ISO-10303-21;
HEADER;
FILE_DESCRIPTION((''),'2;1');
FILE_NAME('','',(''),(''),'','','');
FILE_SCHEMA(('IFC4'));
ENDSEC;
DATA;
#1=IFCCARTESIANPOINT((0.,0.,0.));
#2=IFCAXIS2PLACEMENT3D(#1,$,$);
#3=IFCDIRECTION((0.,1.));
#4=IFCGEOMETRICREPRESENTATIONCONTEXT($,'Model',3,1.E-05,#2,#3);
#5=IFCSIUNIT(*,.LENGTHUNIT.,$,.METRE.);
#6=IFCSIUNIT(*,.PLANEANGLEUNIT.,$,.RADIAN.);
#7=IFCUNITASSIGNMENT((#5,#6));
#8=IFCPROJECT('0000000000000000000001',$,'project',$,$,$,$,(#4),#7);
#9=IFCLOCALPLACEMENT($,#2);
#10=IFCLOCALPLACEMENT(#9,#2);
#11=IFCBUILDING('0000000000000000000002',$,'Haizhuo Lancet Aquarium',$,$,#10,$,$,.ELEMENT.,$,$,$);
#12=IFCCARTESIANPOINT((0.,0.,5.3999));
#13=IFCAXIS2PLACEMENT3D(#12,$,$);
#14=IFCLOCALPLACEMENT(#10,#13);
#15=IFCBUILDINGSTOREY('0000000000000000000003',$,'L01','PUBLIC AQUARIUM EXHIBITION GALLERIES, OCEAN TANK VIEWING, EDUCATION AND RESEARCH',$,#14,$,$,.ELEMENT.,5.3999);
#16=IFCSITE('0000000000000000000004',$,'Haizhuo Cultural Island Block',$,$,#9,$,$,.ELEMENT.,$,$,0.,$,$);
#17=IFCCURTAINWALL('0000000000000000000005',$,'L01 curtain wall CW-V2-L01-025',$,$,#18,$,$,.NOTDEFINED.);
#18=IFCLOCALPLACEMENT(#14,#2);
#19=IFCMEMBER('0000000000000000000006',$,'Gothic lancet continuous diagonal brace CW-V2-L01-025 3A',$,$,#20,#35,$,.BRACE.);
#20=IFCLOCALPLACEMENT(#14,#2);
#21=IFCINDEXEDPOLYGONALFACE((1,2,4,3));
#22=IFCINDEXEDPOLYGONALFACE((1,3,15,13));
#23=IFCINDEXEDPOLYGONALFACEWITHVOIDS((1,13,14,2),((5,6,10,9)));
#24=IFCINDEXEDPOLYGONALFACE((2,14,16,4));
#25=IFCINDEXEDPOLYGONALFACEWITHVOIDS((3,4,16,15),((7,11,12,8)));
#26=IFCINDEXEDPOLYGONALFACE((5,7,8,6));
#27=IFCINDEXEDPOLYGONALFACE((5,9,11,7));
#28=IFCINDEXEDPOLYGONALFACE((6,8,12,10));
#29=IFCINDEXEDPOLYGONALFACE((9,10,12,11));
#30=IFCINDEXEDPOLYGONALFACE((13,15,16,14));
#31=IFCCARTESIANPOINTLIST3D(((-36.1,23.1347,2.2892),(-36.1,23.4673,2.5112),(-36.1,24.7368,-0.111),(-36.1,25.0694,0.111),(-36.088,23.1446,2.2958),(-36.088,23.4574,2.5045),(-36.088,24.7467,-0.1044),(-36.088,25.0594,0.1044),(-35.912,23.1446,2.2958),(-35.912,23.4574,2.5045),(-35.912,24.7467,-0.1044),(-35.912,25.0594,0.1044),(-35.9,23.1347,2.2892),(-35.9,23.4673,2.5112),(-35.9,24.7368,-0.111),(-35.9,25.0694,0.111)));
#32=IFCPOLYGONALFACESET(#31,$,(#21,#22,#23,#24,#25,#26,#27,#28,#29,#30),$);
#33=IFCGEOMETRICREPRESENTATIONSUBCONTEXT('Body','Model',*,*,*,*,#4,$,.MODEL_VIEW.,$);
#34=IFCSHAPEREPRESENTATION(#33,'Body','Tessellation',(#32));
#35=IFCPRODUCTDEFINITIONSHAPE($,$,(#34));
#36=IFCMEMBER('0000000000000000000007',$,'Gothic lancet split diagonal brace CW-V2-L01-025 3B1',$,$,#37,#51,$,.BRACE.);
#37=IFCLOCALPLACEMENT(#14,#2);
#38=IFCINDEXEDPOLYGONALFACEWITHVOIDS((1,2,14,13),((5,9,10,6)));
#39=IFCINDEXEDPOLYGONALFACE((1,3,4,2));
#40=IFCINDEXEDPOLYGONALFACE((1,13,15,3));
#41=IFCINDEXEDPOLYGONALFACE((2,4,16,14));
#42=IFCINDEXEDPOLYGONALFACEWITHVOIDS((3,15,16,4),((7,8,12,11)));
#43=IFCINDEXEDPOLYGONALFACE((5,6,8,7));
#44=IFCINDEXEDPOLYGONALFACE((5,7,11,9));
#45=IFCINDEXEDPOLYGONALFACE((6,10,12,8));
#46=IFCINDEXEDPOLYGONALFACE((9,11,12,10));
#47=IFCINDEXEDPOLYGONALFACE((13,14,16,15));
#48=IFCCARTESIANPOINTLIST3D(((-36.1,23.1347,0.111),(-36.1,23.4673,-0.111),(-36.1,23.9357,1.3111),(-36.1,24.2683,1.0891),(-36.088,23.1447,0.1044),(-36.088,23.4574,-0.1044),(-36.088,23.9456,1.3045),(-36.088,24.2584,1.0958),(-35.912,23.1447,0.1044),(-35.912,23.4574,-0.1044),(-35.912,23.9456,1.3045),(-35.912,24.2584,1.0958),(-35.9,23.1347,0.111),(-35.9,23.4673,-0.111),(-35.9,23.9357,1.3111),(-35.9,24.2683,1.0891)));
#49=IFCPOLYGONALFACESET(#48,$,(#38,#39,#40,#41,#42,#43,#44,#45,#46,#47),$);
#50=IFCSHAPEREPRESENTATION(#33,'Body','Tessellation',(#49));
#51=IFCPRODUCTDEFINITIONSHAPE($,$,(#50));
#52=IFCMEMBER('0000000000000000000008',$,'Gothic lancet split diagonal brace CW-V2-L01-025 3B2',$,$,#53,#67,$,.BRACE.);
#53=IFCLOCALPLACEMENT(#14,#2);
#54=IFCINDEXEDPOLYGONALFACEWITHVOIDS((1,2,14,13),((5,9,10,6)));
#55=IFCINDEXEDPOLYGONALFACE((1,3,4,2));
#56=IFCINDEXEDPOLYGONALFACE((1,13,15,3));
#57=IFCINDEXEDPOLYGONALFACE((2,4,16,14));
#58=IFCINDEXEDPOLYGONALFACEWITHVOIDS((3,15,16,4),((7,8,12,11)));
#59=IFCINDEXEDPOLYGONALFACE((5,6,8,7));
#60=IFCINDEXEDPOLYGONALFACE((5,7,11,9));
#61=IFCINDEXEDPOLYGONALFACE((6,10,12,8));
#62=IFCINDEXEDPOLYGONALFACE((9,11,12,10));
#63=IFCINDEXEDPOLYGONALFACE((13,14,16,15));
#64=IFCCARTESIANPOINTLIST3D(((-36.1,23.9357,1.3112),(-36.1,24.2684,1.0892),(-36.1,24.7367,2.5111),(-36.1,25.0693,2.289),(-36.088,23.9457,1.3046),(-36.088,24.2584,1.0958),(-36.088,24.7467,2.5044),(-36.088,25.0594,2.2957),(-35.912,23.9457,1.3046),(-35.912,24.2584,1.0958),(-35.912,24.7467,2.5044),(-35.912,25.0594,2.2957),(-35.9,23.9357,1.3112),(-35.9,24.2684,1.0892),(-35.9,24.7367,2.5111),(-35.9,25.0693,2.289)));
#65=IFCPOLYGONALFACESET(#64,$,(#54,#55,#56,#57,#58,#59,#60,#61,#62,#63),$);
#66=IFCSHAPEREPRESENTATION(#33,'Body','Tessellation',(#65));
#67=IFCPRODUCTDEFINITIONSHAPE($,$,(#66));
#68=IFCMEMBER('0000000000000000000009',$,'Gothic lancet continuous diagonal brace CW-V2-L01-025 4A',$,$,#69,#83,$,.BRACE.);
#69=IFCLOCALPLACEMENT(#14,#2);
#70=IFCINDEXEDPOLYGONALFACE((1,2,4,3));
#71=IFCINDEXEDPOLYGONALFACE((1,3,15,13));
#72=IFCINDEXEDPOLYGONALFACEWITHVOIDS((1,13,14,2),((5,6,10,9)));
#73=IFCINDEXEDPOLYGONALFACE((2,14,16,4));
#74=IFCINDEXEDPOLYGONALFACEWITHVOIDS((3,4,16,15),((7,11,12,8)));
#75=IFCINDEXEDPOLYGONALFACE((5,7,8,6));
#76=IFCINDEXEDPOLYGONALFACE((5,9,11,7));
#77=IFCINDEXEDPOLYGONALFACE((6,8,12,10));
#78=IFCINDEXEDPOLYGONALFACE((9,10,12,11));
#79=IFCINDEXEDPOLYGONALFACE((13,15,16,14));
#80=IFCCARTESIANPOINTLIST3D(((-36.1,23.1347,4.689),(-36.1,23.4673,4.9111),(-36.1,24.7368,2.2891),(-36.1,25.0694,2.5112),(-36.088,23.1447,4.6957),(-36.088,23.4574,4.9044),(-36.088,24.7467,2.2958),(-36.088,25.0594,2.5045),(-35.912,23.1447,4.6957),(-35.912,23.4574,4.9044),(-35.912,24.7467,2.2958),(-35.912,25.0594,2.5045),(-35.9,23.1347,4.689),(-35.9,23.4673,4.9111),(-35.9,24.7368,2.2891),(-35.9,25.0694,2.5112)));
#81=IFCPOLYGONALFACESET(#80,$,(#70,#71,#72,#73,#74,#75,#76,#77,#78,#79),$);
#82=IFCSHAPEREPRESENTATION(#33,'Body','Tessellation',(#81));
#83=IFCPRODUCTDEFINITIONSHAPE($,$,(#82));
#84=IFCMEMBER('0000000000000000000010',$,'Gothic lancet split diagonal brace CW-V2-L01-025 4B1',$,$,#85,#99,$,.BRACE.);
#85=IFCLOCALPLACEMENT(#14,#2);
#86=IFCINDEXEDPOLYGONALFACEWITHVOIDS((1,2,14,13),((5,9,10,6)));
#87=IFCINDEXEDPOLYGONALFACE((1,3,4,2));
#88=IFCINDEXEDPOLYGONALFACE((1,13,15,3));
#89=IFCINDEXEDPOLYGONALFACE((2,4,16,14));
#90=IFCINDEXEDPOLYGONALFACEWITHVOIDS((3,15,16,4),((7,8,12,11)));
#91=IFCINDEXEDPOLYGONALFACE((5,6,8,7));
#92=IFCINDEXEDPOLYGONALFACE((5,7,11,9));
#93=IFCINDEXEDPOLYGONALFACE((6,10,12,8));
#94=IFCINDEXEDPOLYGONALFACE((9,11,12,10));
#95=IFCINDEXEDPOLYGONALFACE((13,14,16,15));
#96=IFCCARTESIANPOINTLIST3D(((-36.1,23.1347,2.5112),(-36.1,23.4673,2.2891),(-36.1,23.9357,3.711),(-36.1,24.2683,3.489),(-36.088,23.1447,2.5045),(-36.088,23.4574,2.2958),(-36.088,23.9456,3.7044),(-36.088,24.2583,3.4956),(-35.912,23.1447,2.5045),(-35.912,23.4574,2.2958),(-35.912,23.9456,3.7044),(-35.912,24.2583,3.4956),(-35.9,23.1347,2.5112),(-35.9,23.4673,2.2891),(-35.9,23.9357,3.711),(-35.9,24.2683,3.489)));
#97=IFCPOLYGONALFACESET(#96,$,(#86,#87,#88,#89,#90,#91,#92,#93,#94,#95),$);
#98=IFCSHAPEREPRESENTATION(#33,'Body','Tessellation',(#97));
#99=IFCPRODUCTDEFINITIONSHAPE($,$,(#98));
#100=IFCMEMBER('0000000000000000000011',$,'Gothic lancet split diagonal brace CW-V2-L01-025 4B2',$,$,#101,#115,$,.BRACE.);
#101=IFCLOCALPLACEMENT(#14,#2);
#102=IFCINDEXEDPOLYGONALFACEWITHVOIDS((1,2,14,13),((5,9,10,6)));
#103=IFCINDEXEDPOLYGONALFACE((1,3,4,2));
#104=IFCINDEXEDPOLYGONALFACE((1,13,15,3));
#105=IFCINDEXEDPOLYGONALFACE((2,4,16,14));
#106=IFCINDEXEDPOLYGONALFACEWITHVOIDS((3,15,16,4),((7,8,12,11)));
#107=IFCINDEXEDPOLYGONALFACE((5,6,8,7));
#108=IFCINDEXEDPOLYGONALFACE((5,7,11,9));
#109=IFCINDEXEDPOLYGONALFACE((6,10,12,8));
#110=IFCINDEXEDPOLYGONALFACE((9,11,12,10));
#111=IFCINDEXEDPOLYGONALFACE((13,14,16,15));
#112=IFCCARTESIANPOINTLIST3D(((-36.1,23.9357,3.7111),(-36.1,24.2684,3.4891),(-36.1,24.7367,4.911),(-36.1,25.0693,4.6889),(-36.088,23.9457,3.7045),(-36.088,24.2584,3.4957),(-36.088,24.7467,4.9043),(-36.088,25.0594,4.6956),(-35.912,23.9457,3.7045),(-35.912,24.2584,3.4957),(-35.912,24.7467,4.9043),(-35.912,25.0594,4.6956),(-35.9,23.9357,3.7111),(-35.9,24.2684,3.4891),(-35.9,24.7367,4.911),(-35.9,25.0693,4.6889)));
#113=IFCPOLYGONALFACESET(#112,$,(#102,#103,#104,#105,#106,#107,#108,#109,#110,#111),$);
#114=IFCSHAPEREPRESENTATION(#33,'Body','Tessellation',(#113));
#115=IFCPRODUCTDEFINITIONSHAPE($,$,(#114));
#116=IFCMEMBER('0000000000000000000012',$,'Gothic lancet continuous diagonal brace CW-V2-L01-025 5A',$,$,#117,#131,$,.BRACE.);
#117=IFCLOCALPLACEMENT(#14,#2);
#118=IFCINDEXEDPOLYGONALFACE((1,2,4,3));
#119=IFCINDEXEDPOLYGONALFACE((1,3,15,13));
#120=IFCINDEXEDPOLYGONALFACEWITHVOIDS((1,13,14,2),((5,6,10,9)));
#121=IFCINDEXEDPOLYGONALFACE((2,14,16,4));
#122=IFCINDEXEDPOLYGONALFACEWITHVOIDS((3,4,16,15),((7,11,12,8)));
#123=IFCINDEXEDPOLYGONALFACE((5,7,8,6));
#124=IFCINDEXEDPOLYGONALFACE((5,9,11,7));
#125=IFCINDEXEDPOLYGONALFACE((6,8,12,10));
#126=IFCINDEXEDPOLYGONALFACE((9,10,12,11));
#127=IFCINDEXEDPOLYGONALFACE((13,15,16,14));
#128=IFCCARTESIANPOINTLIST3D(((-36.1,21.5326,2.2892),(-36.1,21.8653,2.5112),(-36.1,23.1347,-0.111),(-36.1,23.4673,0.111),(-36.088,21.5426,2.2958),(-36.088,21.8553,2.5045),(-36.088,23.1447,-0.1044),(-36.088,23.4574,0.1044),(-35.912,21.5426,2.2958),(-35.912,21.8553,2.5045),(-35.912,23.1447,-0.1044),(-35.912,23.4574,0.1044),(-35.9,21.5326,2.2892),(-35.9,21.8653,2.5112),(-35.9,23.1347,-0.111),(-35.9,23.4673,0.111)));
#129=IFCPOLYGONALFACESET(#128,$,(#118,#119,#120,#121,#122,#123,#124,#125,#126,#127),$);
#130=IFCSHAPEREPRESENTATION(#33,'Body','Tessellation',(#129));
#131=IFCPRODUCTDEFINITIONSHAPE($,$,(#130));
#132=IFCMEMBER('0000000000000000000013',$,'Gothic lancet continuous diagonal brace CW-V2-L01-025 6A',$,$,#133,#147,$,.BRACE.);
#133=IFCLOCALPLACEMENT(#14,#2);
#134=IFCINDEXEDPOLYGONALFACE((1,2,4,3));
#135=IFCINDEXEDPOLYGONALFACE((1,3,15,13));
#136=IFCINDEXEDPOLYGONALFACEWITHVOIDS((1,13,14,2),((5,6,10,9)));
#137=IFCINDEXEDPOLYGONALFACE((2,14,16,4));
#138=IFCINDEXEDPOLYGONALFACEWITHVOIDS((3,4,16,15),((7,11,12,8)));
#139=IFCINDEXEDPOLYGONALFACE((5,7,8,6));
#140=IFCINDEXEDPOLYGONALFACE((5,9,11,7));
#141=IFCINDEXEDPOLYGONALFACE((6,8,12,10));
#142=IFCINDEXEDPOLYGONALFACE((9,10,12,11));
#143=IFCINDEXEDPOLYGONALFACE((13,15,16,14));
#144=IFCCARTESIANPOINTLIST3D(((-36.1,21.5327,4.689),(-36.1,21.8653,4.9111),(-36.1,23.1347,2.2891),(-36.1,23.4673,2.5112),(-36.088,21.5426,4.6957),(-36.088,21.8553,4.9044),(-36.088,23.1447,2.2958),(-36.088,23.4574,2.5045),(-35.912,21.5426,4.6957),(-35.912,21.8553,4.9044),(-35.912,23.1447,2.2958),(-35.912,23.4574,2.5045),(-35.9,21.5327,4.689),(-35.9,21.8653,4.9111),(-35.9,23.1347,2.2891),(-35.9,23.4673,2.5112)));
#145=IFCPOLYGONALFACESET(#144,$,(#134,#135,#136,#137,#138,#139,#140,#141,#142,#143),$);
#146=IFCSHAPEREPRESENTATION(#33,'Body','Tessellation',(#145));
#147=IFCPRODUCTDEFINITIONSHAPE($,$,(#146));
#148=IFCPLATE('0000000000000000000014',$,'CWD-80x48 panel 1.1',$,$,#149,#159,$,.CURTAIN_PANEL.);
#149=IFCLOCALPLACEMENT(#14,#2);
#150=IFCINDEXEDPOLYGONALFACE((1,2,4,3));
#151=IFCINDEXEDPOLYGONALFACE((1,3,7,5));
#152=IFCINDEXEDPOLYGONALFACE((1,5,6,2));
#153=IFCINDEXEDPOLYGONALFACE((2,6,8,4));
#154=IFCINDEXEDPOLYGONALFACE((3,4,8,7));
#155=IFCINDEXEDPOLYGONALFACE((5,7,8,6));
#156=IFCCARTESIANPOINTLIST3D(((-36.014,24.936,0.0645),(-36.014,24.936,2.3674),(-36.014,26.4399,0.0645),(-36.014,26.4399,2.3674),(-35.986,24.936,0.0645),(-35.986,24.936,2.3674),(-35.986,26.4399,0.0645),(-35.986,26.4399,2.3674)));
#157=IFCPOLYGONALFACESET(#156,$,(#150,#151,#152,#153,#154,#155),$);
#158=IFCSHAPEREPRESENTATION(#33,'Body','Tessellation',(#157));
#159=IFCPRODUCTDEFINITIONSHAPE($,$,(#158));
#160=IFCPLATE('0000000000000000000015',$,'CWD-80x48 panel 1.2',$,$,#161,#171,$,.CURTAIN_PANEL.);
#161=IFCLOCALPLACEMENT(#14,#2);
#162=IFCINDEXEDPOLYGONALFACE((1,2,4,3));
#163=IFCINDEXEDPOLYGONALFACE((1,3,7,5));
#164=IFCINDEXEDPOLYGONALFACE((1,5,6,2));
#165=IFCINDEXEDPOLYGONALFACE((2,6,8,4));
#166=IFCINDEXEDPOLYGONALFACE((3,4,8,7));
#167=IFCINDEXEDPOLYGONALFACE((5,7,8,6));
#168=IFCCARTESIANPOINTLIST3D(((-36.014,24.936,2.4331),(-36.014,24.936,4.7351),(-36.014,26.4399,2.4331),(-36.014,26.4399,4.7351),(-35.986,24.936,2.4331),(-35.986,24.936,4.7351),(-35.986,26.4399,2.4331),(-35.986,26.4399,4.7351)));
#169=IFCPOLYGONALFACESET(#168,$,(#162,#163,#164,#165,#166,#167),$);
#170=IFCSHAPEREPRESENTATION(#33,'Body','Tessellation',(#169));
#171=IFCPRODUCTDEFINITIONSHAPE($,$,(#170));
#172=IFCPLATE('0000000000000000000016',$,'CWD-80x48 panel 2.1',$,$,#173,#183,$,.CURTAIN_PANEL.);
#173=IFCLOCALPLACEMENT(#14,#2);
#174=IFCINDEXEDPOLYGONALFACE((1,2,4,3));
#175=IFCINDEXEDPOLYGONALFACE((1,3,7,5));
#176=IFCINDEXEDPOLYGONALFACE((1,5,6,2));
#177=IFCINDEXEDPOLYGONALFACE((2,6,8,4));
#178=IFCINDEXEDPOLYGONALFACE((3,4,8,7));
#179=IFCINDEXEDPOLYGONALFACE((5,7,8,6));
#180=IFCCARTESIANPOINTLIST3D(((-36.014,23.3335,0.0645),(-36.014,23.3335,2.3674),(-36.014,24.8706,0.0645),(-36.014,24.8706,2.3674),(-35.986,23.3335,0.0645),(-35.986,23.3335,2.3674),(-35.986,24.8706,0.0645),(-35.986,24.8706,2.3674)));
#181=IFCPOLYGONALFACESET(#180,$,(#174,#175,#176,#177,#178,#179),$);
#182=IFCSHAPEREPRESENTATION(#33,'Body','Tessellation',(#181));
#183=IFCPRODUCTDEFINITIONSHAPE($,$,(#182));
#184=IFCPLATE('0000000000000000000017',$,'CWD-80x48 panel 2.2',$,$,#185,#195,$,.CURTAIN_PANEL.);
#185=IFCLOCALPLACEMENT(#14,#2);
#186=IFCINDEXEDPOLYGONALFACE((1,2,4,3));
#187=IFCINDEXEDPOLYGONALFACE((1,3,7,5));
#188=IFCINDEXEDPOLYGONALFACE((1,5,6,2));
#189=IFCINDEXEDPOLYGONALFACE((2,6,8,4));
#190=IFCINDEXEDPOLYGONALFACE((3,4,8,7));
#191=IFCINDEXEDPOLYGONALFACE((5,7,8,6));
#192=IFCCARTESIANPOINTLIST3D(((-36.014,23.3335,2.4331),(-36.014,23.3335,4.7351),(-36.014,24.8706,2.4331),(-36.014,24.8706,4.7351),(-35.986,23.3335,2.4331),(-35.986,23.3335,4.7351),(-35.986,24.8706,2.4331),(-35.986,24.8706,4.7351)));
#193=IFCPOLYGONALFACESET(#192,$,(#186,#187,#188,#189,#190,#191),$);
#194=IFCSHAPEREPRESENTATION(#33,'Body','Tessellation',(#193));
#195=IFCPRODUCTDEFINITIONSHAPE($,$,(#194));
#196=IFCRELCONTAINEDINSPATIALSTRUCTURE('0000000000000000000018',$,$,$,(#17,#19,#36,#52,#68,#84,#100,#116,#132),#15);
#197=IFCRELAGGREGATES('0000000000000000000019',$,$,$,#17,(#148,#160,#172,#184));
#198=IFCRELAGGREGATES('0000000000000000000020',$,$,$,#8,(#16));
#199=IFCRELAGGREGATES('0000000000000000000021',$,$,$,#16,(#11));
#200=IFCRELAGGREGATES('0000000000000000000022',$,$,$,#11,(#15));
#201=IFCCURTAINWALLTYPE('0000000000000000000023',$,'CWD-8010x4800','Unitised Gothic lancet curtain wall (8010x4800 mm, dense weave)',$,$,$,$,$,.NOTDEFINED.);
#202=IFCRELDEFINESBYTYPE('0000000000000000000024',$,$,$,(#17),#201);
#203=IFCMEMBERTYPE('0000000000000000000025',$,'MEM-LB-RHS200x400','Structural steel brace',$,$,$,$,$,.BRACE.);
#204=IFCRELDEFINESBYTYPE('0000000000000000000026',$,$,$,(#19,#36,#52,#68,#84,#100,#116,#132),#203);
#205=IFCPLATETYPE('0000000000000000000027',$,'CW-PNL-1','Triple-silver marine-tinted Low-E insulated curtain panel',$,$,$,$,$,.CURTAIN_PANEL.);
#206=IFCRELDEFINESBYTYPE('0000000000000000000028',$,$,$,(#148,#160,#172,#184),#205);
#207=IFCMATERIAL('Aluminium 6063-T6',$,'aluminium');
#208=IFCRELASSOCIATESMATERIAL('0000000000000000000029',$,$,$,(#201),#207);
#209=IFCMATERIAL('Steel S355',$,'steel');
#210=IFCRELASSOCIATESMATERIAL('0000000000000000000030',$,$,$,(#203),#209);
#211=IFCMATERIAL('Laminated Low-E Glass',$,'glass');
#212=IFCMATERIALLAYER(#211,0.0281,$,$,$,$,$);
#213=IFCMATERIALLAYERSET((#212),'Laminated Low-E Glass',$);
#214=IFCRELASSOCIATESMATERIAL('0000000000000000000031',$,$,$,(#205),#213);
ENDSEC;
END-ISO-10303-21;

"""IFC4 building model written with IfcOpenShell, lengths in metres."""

from ifc_helpers import new_model, si_unit, direction, frame, origin, origin_2d, place, context, subcontext, project, spatial, rectangle, hollow_rectangle, extrude, material, layer, layer_set, material_profile, profile_set, type_object, element, aggregate, save


model = new_model("IFC4")

# Units and contexts
model_context = context("Model", 3, precision=1e-05, world=origin(), true_north=direction((0.0, 1.0)))
body_context = subcontext(model_context, "Body", "Model", "MODEL_VIEW")
ifc_project = project(units=[si_unit("LENGTHUNIT", "METRE"), si_unit("PLANEANGLEUNIT", "RADIAN")], contexts=[model_context])

# Site, building, storey
site_placement = place(None, origin())
site = spatial("IfcSite", under=ifc_project, at=site_placement, Name="Haizhuo Cultural Island Block", CompositionType="ELEMENT", RefElevation=0.0)
building_placement = place(site_placement, origin())
building = spatial("IfcBuilding", under=site, at=building_placement, Name="Haizhuo Lancet Aquarium", CompositionType="ELEMENT")
storey_placement = place(building_placement, frame((0.0, 0.0, 5.3999)))
storey = spatial("IfcBuildingStorey", under=building, at=storey_placement, Name="L01", Description="PUBLIC AQUARIUM EXHIBITION GALLERIES, OCEAN TANK VIEWING, EDUCATION AND RESEARCH", CompositionType="ELEMENT", Elevation=5.3999)

# Curtain wall
ifc_material_1 = material(Name="Aluminium 6063-T6", Category="aluminium")
curtain_wall_type = type_object("IfcCurtainWallType", Name="CWD-8010x4800", Description="Unitised Gothic lancet curtain wall (8010x4800 mm, dense weave)", PredefinedType="NOTDEFINED", material=ifc_material_1)
curtain_wall_placement = place(storey_placement, origin())
curtain_wall = element("IfcCurtainWall", 1, at=curtain_wall_placement, inside=storey, type_object=curtain_wall_type, Name="L01 curtain wall CW-V2-L01-025", PredefinedType="NOTDEFINED")

# Members
ifc_material_2 = material(Name="Steel S355", Category="steel")
ifc_material_profile_1 = material_profile(ifc_material_2, hollow_rectangle(XDim=0.2, YDim=0.3999, WallThickness=0.012, at=origin_2d()), Name="RHS 200x400x12")
ifc_profile_set_1 = profile_set([ifc_material_profile_1], Name="Steel S355")
member_type_1 = type_object("IfcMemberType", Name="MEM-LB-RHS200x400", Description="Structural steel brace", PredefinedType="BRACE", material=ifc_profile_set_1)
member_1_placement = place(storey_placement, frame((-36.0, 24.9031, 0.0), z_axis=(0.0, -0.555169, 0.831738), x_axis=(1.0, 0.0, 0.0)))
element("IfcMember", 2, at=member_1_placement, inside=storey, type_object=member_type_1, Name="Gothic lancet continuous diagonal brace CW-V2-L01-025 3A", PredefinedType="BRACE", context=body_context, shape_type="SweptSolid", body=[
    extrude(hollow_rectangle(XDim=0.2, YDim=0.3999, WallThickness=0.012, at=origin_2d()), origin(), (0.0, 0.0, 1.0), 2.8857),
])
member_2_placement = place(storey_placement, frame((-36.0, 23.301, 0.0), z_axis=(0.0, 0.55513, 0.831764), x_axis=(-1.0, 0.0, 0.0)))
element("IfcMember", 3, at=member_2_placement, inside=storey, type_object=member_type_1, Name="Gothic lancet split diagonal brace CW-V2-L01-025 3B1", PredefinedType="BRACE", context=body_context, shape_type="SweptSolid", body=[
    extrude(hollow_rectangle(XDim=0.2, YDim=0.3999, WallThickness=0.012, at=origin_2d()), origin(), (0.0, 0.0, 1.0), 1.4429),
])
member_3_placement = place(storey_placement, frame((-36.0, 24.1021, 1.2002), z_axis=(0.0, 0.555208, 0.831712), x_axis=(-1.0, 0.0, 0.0)))
element("IfcMember", 4, at=member_3_placement, inside=storey, type_object=member_type_1, Name="Gothic lancet split diagonal brace CW-V2-L01-025 3B2", PredefinedType="BRACE", context=body_context, shape_type="SweptSolid", body=[
    extrude(hollow_rectangle(XDim=0.2, YDim=0.3999, WallThickness=0.012, at=origin_2d()), origin(), (0.0, 0.0, 1.0), 1.4426),
])
member_4_placement = place(storey_placement, frame((-36.0, 24.9031, 2.4001), z_axis=(0.0, -0.555208, 0.831712), x_axis=(1.0, 0.0, 0.0)))
element("IfcMember", 5, at=member_4_placement, inside=storey, type_object=member_type_1, Name="Gothic lancet continuous diagonal brace CW-V2-L01-025 4A", PredefinedType="BRACE", context=body_context, shape_type="SweptSolid", body=[
    extrude(hollow_rectangle(XDim=0.2, YDim=0.3999, WallThickness=0.012, at=origin_2d()), origin(), (0.0, 0.0, 1.0), 2.8855),
])
for number, where, z_axis, x_axis, name in (
    (6, (-36.0, 23.301, 2.4001), (0.0, 0.555208, 0.831712), (-1.0, 0.0, 0.0), "Gothic lancet split diagonal brace CW-V2-L01-025 4B1"),
    (7, (-36.0, 24.1021, 3.6001), (0.0, 0.555208, 0.831712), (-1.0, 0.0, 0.0), "Gothic lancet split diagonal brace CW-V2-L01-025 4B2"),
):
    element("IfcMember", number, at=place(storey_placement, frame(where, z_axis=z_axis, x_axis=x_axis)), inside=storey, type_object=member_type_1, Name=name, PredefinedType="BRACE", context=body_context, shape_type="SweptSolid", body=[
        extrude(hollow_rectangle(XDim=0.2, YDim=0.3999, WallThickness=0.012, at=origin_2d()), origin(), (0.0, 0.0, 1.0), 1.4426),
    ])
member_5_placement = place(storey_placement, frame((-36.0, 23.301, 0.0), z_axis=(0.0, -0.555169, 0.831738), x_axis=(1.0, 0.0, 0.0)))
element("IfcMember", 8, at=member_5_placement, inside=storey, type_object=member_type_1, Name="Gothic lancet continuous diagonal brace CW-V2-L01-025 5A", PredefinedType="BRACE", context=body_context, shape_type="SweptSolid", body=[
    extrude(hollow_rectangle(XDim=0.2, YDim=0.3999, WallThickness=0.012, at=origin_2d()), origin(), (0.0, 0.0, 1.0), 2.8857),
])
member_6_placement = place(storey_placement, frame((-36.0, 23.301, 2.4001), z_axis=(0.0, -0.555208, 0.831712), x_axis=(1.0, 0.0, 0.0)))
element("IfcMember", 9, at=member_6_placement, inside=storey, type_object=member_type_1, Name="Gothic lancet continuous diagonal brace CW-V2-L01-025 6A", PredefinedType="BRACE", context=body_context, shape_type="SweptSolid", body=[
    extrude(hollow_rectangle(XDim=0.2, YDim=0.3999, WallThickness=0.012, at=origin_2d()), origin(), (0.0, 0.0, 1.0), 2.8855),
])

# Plates
ifc_material_3 = material(Name="Laminated Low-E Glass", Category="glass")
ifc_layer = layer(ifc_material_3, 0.0281)
ifc_layer_set = layer_set([ifc_layer], Name="Laminated Low-E Glass")
plate_type = type_object("IfcPlateType", Name="CW-PNL-1", Description="Triple-silver marine-tinted Low-E insulated curtain panel", PredefinedType="CURTAIN_PANEL", material=ifc_layer_set)
plate_1_placement = place(storey_placement, frame((-36.0, 25.688, 0.0645), z_axis=(0.0, 0.0, 1.0), x_axis=(0.0, -1.0, 0.0)))
plate_1 = element("IfcPlate", 10, at=plate_1_placement, type_object=plate_type, Name="CWD-80x48 panel 1.1", PredefinedType="CURTAIN_PANEL", context=body_context, shape_type="SweptSolid", body=[
    extrude(rectangle(XDim=1.5039, YDim=0.0281, at=origin_2d()), origin(), (0.0, 0.0, 1.0), 2.303),
])
plate_2_placement = place(storey_placement, frame((-36.0, 25.688, 2.4331), z_axis=(0.0, 0.0, 1.0), x_axis=(0.0, -1.0, 0.0)))
plate_2 = element("IfcPlate", 11, at=plate_2_placement, type_object=plate_type, Name="CWD-80x48 panel 1.2", PredefinedType="CURTAIN_PANEL", context=body_context, shape_type="SweptSolid", body=[
    extrude(rectangle(XDim=1.5039, YDim=0.0281, at=origin_2d()), origin(), (0.0, 0.0, 1.0), 2.302),
])
plate_3_placement = place(storey_placement, frame((-36.0, 24.1021, 0.0645), z_axis=(0.0, 0.0, 1.0), x_axis=(0.0, -1.0, 0.0)))
plate_3 = element("IfcPlate", 12, at=plate_3_placement, type_object=plate_type, Name="CWD-80x48 panel 2.1", PredefinedType="CURTAIN_PANEL", context=body_context, shape_type="SweptSolid", body=[
    extrude(rectangle(XDim=1.5371, YDim=0.0281, at=origin_2d()), origin(), (0.0, 0.0, 1.0), 2.303),
])
plate_4_placement = place(storey_placement, frame((-36.0, 24.1021, 2.4331), z_axis=(0.0, 0.0, 1.0), x_axis=(0.0, -1.0, 0.0)))
plate_4 = element("IfcPlate", 13, at=plate_4_placement, type_object=plate_type, Name="CWD-80x48 panel 2.2", PredefinedType="CURTAIN_PANEL", context=body_context, shape_type="SweptSolid", body=[
    extrude(rectangle(XDim=1.5371, YDim=0.0281, at=origin_2d()), origin(), (0.0, 0.0, 1.0), 2.302),
])
aggregate(curtain_wall, [plate_1, plate_2, plate_3, plate_4])

save(model, "model.ifc")
